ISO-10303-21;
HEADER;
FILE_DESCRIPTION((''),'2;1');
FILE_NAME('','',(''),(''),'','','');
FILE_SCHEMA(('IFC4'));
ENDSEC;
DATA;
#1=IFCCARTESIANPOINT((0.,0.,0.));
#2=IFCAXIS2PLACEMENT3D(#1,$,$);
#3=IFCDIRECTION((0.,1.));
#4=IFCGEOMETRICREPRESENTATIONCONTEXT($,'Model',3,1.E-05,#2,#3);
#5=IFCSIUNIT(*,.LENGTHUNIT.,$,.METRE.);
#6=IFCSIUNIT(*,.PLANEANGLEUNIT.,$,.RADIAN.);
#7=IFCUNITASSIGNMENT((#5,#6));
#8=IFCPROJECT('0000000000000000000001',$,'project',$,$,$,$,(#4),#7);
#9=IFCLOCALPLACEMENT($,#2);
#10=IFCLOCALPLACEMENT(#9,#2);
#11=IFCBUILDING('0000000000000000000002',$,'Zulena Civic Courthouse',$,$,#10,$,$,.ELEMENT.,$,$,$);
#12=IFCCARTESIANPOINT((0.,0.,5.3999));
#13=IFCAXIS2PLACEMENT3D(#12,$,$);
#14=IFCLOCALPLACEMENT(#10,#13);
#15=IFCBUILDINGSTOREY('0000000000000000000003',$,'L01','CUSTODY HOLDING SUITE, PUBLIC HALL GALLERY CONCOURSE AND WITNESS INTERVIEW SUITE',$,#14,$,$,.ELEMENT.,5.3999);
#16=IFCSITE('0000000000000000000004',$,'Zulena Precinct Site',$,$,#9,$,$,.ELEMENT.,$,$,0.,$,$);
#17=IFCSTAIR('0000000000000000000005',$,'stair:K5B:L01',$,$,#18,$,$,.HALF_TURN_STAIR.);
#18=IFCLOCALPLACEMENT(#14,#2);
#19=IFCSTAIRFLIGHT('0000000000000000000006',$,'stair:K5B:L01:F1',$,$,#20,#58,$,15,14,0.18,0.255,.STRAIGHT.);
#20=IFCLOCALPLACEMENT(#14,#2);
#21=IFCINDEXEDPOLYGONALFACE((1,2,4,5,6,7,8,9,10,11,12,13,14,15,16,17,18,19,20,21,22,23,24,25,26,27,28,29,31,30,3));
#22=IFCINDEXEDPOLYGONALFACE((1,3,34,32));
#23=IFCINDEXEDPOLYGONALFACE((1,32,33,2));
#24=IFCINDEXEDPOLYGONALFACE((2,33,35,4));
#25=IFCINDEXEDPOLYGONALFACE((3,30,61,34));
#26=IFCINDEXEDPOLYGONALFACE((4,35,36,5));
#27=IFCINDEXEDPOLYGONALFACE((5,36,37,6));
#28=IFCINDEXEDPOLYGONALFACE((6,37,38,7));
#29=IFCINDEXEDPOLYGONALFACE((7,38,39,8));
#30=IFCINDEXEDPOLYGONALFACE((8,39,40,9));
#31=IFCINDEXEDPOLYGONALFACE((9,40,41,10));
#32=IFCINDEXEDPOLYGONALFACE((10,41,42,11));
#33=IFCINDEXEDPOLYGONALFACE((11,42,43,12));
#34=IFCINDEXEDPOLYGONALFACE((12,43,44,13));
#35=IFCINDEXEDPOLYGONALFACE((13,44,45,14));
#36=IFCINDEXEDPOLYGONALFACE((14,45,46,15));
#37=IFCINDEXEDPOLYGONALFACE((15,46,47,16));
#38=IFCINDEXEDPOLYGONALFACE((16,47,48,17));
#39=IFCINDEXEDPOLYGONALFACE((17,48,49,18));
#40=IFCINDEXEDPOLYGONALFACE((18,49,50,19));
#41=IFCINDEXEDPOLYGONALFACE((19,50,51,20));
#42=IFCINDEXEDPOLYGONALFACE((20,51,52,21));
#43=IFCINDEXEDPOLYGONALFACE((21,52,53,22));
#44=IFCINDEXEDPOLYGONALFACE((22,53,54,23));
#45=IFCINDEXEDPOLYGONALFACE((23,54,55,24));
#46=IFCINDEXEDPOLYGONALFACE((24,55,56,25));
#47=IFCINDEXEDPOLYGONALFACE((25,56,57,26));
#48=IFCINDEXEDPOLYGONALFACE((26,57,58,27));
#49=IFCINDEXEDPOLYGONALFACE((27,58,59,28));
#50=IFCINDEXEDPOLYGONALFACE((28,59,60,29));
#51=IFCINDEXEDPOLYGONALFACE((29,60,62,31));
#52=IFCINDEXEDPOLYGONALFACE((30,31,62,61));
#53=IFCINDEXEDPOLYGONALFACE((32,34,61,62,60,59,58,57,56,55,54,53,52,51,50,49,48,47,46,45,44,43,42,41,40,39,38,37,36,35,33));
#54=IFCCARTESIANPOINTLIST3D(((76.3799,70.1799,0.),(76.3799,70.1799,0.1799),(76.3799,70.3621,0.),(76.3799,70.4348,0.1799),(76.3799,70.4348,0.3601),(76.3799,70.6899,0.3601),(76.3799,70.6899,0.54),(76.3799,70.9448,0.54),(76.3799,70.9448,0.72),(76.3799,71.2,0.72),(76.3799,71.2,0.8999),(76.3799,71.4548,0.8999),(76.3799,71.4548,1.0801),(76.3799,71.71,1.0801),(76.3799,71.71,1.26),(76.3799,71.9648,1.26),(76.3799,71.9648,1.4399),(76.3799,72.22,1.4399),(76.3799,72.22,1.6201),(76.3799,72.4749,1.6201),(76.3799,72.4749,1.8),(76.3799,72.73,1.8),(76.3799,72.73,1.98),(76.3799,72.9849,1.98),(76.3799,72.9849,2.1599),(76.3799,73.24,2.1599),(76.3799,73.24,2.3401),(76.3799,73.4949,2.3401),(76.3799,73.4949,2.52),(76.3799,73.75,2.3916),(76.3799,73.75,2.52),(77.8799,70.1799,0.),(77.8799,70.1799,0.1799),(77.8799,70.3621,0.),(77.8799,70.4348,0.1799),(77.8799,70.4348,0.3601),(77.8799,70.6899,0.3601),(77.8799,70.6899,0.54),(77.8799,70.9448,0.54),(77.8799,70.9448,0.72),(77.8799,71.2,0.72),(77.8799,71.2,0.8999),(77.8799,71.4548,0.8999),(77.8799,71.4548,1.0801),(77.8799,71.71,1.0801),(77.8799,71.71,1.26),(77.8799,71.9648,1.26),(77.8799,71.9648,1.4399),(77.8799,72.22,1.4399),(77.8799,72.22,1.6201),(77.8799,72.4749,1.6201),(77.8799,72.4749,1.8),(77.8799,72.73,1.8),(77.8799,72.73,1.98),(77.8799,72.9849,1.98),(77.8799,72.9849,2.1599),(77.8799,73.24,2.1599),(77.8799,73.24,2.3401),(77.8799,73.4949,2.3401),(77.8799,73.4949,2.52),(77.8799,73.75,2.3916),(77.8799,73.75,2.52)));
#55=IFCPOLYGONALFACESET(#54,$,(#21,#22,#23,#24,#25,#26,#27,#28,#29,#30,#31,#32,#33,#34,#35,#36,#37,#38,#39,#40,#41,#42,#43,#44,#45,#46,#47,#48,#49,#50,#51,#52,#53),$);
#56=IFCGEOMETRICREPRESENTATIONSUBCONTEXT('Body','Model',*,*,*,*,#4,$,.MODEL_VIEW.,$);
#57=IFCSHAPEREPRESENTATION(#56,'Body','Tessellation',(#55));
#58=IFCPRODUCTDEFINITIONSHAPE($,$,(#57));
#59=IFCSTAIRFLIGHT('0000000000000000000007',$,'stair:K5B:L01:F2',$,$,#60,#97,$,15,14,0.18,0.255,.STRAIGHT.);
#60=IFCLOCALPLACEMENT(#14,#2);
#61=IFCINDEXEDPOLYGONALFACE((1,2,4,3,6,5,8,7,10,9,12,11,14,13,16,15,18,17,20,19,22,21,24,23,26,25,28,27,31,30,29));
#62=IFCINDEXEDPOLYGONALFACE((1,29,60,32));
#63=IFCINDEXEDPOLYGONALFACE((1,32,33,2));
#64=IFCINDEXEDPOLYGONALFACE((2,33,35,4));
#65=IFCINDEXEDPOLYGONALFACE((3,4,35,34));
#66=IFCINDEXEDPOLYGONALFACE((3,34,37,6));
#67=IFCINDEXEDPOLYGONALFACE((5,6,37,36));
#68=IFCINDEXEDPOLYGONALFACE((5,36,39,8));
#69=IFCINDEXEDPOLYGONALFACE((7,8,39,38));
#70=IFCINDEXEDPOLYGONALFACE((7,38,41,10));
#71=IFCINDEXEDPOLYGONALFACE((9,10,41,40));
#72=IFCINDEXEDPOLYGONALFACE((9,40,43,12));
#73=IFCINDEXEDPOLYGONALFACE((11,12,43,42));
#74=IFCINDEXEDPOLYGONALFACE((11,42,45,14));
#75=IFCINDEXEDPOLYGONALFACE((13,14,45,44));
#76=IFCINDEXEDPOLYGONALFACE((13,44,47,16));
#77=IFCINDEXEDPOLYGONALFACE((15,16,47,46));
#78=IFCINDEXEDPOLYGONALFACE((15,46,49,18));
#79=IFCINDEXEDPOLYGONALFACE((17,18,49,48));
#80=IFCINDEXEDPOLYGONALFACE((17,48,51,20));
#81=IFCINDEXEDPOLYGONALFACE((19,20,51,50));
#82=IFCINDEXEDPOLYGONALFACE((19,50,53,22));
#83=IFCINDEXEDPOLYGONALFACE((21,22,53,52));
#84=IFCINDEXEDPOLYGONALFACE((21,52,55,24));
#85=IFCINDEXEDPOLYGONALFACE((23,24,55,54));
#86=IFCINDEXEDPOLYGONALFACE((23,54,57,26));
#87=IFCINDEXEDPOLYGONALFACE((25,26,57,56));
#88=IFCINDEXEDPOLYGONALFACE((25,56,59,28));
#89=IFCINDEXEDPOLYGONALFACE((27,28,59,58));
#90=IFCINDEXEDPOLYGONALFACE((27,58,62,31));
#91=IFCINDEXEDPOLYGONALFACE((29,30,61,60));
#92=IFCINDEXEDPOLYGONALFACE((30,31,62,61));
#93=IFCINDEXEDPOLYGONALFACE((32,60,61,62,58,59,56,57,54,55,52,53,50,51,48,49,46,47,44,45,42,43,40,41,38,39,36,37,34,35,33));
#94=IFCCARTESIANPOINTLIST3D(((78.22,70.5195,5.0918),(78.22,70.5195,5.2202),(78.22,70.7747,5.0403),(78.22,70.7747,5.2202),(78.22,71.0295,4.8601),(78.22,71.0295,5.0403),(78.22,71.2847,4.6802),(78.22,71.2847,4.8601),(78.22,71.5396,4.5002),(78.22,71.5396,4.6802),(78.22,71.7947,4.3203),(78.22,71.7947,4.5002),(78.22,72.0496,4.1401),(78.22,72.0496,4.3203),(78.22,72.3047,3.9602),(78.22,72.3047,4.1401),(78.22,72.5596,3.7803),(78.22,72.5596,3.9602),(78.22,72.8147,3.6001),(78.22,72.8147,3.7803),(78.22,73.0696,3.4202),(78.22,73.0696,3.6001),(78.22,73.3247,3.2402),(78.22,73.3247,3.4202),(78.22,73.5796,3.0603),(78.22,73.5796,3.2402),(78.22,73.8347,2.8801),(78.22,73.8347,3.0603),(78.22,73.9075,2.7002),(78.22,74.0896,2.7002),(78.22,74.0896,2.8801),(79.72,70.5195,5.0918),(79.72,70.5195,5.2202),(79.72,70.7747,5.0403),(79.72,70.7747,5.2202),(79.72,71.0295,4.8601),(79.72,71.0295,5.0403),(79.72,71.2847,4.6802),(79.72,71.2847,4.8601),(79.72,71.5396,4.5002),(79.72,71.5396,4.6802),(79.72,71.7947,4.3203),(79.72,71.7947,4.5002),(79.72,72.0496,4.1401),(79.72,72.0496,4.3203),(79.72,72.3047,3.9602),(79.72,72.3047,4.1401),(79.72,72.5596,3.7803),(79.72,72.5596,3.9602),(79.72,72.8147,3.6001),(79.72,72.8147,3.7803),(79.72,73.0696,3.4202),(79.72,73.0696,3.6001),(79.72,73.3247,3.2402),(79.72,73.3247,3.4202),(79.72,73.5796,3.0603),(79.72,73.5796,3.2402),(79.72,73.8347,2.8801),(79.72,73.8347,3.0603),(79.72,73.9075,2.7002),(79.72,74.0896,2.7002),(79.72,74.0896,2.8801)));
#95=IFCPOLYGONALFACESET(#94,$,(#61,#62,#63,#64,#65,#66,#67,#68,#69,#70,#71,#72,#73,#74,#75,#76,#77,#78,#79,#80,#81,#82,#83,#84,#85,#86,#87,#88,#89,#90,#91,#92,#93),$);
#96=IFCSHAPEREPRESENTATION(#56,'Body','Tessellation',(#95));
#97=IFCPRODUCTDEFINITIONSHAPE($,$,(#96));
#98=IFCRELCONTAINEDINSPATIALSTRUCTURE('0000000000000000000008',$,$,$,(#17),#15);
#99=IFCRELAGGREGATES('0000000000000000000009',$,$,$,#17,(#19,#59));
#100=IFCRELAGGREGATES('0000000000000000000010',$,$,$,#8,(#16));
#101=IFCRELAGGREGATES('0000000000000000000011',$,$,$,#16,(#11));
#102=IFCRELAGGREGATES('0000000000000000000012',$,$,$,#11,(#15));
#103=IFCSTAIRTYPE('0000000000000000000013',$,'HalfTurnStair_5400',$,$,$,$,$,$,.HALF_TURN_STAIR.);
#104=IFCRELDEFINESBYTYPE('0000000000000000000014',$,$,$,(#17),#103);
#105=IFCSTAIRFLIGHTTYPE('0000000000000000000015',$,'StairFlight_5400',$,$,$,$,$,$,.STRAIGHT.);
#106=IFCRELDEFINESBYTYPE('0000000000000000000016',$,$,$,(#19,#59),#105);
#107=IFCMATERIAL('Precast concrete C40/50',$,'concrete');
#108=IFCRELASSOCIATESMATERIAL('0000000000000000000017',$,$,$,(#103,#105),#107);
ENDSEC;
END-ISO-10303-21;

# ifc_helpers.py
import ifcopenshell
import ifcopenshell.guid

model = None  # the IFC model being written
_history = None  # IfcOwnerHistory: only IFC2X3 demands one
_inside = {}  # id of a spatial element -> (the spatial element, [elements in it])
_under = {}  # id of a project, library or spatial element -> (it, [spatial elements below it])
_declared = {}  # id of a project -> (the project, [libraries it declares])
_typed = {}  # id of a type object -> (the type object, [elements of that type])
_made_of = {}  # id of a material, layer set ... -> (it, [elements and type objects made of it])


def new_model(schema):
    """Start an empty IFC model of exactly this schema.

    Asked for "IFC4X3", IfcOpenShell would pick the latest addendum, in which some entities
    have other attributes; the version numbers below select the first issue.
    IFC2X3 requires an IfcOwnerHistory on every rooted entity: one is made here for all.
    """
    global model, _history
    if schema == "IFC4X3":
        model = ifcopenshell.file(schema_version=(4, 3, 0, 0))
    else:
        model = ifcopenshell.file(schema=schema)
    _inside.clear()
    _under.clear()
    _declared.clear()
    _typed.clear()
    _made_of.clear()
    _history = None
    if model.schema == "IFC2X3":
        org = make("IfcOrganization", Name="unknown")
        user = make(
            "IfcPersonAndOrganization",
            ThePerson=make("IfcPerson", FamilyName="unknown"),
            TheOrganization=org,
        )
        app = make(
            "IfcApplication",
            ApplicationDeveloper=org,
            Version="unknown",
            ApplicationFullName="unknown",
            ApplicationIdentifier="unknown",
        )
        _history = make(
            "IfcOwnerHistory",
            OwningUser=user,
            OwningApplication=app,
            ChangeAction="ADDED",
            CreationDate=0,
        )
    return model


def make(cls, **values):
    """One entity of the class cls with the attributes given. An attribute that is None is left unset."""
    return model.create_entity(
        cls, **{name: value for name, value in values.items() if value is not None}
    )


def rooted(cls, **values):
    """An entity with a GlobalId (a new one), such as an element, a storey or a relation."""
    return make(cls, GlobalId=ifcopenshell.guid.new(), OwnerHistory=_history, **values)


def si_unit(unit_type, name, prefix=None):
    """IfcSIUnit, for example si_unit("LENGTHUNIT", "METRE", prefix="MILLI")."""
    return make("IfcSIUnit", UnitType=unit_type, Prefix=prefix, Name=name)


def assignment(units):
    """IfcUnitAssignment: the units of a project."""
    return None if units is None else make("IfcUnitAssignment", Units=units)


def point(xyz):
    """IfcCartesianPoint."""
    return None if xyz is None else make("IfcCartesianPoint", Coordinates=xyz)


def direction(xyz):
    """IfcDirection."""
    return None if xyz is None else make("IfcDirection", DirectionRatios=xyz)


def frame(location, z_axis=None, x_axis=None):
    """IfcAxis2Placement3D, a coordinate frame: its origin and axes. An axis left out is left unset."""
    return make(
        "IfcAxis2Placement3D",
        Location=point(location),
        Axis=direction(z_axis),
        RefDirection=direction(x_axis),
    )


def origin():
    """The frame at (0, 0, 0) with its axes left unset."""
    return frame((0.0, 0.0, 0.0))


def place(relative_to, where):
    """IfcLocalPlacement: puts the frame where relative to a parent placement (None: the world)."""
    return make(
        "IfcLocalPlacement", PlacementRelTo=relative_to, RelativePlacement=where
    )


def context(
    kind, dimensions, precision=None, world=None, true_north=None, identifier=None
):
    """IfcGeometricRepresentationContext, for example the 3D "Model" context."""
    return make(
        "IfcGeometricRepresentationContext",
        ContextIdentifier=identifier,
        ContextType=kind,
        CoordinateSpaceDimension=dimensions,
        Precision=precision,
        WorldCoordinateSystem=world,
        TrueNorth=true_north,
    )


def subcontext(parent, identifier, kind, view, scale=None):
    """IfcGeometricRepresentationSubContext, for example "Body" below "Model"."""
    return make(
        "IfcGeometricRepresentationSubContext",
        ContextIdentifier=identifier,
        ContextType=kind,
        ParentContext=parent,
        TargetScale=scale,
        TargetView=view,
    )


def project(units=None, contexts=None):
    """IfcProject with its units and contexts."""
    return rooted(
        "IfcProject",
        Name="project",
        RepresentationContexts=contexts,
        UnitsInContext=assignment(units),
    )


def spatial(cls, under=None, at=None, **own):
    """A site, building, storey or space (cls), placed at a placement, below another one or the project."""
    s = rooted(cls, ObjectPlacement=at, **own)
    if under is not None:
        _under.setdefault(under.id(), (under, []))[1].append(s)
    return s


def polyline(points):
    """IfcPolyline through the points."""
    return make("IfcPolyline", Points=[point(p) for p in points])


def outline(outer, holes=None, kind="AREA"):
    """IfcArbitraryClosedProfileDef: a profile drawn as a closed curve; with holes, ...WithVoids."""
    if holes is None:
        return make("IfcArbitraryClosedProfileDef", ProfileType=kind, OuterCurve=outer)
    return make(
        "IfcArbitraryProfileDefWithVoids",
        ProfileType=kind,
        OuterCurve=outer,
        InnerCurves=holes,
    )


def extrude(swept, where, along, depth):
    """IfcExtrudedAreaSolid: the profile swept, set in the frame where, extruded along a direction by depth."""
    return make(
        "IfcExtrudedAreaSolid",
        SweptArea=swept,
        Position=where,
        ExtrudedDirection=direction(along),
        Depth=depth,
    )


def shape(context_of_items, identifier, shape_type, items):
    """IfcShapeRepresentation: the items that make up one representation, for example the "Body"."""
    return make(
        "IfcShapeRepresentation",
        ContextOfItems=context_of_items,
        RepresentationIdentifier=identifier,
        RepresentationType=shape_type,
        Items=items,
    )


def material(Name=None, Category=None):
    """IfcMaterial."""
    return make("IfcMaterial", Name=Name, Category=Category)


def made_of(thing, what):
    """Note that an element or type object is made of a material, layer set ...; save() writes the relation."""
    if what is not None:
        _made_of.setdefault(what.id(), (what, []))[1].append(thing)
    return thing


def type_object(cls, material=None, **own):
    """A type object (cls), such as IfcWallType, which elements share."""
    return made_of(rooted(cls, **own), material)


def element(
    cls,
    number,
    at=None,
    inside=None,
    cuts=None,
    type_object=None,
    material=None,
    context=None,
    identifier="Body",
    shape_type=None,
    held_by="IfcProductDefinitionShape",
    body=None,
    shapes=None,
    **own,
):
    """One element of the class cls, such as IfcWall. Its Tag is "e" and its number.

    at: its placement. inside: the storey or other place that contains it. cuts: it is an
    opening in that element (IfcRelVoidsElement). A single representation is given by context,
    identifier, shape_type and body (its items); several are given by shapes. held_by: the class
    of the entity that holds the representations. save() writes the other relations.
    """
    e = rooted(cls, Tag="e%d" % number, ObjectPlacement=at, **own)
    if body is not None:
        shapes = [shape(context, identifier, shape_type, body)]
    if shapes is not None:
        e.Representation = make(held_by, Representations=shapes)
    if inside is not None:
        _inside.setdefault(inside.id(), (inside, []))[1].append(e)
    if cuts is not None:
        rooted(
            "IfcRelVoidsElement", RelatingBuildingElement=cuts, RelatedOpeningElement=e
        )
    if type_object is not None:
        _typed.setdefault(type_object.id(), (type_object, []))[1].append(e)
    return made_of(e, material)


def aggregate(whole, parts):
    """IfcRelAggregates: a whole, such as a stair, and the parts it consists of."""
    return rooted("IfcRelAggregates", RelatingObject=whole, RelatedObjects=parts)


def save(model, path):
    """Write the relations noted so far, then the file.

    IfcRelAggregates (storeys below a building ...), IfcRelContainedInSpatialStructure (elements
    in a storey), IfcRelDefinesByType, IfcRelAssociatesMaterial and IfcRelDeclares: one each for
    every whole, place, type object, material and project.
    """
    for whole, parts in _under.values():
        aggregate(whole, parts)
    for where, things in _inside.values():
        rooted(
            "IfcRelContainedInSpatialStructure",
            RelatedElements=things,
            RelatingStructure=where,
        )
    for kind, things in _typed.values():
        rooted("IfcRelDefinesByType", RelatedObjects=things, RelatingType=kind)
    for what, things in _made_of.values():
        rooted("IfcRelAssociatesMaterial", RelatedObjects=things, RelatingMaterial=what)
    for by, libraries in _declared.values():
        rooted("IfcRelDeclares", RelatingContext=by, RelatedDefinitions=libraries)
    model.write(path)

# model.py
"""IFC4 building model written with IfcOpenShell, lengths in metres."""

from ifc_helpers import new_model, si_unit, direction, frame, origin, place, context, subcontext, project, spatial, polyline, outline, extrude, material, type_object, element, aggregate, save


model = new_model("IFC4")

# Units and contexts
model_context = context("Model", 3, precision=1e-05, world=origin(), true_north=direction((0.0, 1.0)))
body_context = subcontext(model_context, "Body", "Model", "MODEL_VIEW")
ifc_project = project(units=[si_unit("LENGTHUNIT", "METRE"), si_unit("PLANEANGLEUNIT", "RADIAN")], contexts=[model_context])

# Site, building, storey
site_placement = place(None, origin())
site = spatial("IfcSite", under=ifc_project, at=site_placement, Name="Zulena Precinct Site", CompositionType="ELEMENT", RefElevation=0.0)
building_placement = place(site_placement, origin())
building = spatial("IfcBuilding", under=site, at=building_placement, Name="Zulena Civic Courthouse", CompositionType="ELEMENT")
storey_placement = place(building_placement, frame((0.0, 0.0, 5.3999)))
storey = spatial("IfcBuildingStorey", under=building, at=storey_placement, Name="L01", Description="CUSTODY HOLDING SUITE, PUBLIC HALL GALLERY CONCOURSE AND WITNESS INTERVIEW SUITE", CompositionType="ELEMENT", Elevation=5.3999)

# Stair, stair flights
ifc_material_1 = material(Name="Precast concrete C40/50", Category="concrete")
stair_type = type_object("IfcStairType", Name="HalfTurnStair_5400", PredefinedType="HALF_TURN_STAIR", material=ifc_material_1)
stair_placement = place(storey_placement, origin())
stair = element("IfcStair", 1, at=stair_placement, inside=storey, type_object=stair_type, Name="stair:K5B:L01", PredefinedType="HALF_TURN_STAIR")
stair_flight_type = type_object("IfcStairFlightType", Name="StairFlight_5400", PredefinedType="STRAIGHT", material=ifc_material_1)
stair_flight_1_placement = place(storey_placement, frame((77.1299, 70.1799, 0.0), z_axis=(0.0, 0.0, 1.0), x_axis=(0.0, 1.0, 0.0)))
stair_flight_1 = element("IfcStairFlight", 2, at=stair_flight_1_placement, type_object=stair_flight_type, Name="stair:K5B:L01:F1", NumberOfRisers=15, NumberOfTreads=14, PredefinedType="STRAIGHT", RiserHeight=0.18, TreadLength=0.255, context=body_context, shape_type="SweptSolid", body=[
    extrude(outline(polyline([(0.0, 0.0), (0.0, 0.1799), (0.2549, 0.1799), (0.2549, 0.3601), (0.51, 0.3601), (0.51, 0.54), (0.7649, 0.54), (0.7649, 0.72), (1.02, 0.72), (1.02, 0.8999), (1.2749, 0.8999), (1.2749, 1.0801), (1.53, 1.0801), (1.53, 1.26), (1.7849, 1.26), (1.7849, 1.4399), (2.04, 1.4399), (2.04, 1.6201), (2.2949, 1.6201), (2.2949, 1.8), (2.55, 1.8), (2.55, 1.98), (2.8049, 1.98), (2.8049, 2.1599), (3.0601, 2.1599), (3.0601, 2.3401), (3.3149, 2.3401), (3.3149, 2.52), (3.5701, 2.52), (3.5701, 2.7), (3.5701, 2.3916), (0.1821, 0.0), (0.0, 0.0)])), frame((0.0, 0.75, 0.0), z_axis=(0.0, -1.0, 0.0), x_axis=(1.0, 0.0, 0.0)), (0.0, 0.0, 1.0), 1.5),
])
stair_flight_2_placement = place(storey_placement, frame((78.97, 74.0896, 2.7002), z_axis=(0.0, 0.0, 1.0), x_axis=(0.0, -1.0, 0.0)))
stair_flight_2 = element("IfcStairFlight", 3, at=stair_flight_2_placement, type_object=stair_flight_type, Name="stair:K5B:L01:F2", NumberOfRisers=15, NumberOfTreads=14, PredefinedType="STRAIGHT", RiserHeight=0.18, TreadLength=0.255, context=body_context, shape_type="SweptSolid", body=[
    extrude(outline(polyline([(0.0, 0.0), (0.0, 0.1799), (0.2549, 0.1799), (0.2549, 0.3601), (0.51, 0.3601), (0.51, 0.54), (0.7649, 0.54), (0.7649, 0.72), (1.02, 0.72), (1.02, 0.8999), (1.2749, 0.8999), (1.2749, 1.0801), (1.53, 1.0801), (1.53, 1.26), (1.7849, 1.26), (1.7849, 1.4399), (2.04, 1.4399), (2.04, 1.6201), (2.2949, 1.6201), (2.2949, 1.8), (2.55, 1.8), (2.55, 1.98), (2.8049, 1.98), (2.8049, 2.1599), (3.0601, 2.1599), (3.0601, 2.3401), (3.3149, 2.3401), (3.3149, 2.52), (3.5701, 2.52), (3.5701, 2.7), (3.5701, 2.3916), (0.1821, 0.0), (0.0, 0.0)])), frame((0.0, 0.75, 0.0), z_axis=(0.0, -1.0, 0.0), x_axis=(1.0, 0.0, 0.0)), (0.0, 0.0, 1.0), 1.5),
])
aggregate(stair, [stair_flight_1, stair_flight_2])

save(model, "model.ifc")
